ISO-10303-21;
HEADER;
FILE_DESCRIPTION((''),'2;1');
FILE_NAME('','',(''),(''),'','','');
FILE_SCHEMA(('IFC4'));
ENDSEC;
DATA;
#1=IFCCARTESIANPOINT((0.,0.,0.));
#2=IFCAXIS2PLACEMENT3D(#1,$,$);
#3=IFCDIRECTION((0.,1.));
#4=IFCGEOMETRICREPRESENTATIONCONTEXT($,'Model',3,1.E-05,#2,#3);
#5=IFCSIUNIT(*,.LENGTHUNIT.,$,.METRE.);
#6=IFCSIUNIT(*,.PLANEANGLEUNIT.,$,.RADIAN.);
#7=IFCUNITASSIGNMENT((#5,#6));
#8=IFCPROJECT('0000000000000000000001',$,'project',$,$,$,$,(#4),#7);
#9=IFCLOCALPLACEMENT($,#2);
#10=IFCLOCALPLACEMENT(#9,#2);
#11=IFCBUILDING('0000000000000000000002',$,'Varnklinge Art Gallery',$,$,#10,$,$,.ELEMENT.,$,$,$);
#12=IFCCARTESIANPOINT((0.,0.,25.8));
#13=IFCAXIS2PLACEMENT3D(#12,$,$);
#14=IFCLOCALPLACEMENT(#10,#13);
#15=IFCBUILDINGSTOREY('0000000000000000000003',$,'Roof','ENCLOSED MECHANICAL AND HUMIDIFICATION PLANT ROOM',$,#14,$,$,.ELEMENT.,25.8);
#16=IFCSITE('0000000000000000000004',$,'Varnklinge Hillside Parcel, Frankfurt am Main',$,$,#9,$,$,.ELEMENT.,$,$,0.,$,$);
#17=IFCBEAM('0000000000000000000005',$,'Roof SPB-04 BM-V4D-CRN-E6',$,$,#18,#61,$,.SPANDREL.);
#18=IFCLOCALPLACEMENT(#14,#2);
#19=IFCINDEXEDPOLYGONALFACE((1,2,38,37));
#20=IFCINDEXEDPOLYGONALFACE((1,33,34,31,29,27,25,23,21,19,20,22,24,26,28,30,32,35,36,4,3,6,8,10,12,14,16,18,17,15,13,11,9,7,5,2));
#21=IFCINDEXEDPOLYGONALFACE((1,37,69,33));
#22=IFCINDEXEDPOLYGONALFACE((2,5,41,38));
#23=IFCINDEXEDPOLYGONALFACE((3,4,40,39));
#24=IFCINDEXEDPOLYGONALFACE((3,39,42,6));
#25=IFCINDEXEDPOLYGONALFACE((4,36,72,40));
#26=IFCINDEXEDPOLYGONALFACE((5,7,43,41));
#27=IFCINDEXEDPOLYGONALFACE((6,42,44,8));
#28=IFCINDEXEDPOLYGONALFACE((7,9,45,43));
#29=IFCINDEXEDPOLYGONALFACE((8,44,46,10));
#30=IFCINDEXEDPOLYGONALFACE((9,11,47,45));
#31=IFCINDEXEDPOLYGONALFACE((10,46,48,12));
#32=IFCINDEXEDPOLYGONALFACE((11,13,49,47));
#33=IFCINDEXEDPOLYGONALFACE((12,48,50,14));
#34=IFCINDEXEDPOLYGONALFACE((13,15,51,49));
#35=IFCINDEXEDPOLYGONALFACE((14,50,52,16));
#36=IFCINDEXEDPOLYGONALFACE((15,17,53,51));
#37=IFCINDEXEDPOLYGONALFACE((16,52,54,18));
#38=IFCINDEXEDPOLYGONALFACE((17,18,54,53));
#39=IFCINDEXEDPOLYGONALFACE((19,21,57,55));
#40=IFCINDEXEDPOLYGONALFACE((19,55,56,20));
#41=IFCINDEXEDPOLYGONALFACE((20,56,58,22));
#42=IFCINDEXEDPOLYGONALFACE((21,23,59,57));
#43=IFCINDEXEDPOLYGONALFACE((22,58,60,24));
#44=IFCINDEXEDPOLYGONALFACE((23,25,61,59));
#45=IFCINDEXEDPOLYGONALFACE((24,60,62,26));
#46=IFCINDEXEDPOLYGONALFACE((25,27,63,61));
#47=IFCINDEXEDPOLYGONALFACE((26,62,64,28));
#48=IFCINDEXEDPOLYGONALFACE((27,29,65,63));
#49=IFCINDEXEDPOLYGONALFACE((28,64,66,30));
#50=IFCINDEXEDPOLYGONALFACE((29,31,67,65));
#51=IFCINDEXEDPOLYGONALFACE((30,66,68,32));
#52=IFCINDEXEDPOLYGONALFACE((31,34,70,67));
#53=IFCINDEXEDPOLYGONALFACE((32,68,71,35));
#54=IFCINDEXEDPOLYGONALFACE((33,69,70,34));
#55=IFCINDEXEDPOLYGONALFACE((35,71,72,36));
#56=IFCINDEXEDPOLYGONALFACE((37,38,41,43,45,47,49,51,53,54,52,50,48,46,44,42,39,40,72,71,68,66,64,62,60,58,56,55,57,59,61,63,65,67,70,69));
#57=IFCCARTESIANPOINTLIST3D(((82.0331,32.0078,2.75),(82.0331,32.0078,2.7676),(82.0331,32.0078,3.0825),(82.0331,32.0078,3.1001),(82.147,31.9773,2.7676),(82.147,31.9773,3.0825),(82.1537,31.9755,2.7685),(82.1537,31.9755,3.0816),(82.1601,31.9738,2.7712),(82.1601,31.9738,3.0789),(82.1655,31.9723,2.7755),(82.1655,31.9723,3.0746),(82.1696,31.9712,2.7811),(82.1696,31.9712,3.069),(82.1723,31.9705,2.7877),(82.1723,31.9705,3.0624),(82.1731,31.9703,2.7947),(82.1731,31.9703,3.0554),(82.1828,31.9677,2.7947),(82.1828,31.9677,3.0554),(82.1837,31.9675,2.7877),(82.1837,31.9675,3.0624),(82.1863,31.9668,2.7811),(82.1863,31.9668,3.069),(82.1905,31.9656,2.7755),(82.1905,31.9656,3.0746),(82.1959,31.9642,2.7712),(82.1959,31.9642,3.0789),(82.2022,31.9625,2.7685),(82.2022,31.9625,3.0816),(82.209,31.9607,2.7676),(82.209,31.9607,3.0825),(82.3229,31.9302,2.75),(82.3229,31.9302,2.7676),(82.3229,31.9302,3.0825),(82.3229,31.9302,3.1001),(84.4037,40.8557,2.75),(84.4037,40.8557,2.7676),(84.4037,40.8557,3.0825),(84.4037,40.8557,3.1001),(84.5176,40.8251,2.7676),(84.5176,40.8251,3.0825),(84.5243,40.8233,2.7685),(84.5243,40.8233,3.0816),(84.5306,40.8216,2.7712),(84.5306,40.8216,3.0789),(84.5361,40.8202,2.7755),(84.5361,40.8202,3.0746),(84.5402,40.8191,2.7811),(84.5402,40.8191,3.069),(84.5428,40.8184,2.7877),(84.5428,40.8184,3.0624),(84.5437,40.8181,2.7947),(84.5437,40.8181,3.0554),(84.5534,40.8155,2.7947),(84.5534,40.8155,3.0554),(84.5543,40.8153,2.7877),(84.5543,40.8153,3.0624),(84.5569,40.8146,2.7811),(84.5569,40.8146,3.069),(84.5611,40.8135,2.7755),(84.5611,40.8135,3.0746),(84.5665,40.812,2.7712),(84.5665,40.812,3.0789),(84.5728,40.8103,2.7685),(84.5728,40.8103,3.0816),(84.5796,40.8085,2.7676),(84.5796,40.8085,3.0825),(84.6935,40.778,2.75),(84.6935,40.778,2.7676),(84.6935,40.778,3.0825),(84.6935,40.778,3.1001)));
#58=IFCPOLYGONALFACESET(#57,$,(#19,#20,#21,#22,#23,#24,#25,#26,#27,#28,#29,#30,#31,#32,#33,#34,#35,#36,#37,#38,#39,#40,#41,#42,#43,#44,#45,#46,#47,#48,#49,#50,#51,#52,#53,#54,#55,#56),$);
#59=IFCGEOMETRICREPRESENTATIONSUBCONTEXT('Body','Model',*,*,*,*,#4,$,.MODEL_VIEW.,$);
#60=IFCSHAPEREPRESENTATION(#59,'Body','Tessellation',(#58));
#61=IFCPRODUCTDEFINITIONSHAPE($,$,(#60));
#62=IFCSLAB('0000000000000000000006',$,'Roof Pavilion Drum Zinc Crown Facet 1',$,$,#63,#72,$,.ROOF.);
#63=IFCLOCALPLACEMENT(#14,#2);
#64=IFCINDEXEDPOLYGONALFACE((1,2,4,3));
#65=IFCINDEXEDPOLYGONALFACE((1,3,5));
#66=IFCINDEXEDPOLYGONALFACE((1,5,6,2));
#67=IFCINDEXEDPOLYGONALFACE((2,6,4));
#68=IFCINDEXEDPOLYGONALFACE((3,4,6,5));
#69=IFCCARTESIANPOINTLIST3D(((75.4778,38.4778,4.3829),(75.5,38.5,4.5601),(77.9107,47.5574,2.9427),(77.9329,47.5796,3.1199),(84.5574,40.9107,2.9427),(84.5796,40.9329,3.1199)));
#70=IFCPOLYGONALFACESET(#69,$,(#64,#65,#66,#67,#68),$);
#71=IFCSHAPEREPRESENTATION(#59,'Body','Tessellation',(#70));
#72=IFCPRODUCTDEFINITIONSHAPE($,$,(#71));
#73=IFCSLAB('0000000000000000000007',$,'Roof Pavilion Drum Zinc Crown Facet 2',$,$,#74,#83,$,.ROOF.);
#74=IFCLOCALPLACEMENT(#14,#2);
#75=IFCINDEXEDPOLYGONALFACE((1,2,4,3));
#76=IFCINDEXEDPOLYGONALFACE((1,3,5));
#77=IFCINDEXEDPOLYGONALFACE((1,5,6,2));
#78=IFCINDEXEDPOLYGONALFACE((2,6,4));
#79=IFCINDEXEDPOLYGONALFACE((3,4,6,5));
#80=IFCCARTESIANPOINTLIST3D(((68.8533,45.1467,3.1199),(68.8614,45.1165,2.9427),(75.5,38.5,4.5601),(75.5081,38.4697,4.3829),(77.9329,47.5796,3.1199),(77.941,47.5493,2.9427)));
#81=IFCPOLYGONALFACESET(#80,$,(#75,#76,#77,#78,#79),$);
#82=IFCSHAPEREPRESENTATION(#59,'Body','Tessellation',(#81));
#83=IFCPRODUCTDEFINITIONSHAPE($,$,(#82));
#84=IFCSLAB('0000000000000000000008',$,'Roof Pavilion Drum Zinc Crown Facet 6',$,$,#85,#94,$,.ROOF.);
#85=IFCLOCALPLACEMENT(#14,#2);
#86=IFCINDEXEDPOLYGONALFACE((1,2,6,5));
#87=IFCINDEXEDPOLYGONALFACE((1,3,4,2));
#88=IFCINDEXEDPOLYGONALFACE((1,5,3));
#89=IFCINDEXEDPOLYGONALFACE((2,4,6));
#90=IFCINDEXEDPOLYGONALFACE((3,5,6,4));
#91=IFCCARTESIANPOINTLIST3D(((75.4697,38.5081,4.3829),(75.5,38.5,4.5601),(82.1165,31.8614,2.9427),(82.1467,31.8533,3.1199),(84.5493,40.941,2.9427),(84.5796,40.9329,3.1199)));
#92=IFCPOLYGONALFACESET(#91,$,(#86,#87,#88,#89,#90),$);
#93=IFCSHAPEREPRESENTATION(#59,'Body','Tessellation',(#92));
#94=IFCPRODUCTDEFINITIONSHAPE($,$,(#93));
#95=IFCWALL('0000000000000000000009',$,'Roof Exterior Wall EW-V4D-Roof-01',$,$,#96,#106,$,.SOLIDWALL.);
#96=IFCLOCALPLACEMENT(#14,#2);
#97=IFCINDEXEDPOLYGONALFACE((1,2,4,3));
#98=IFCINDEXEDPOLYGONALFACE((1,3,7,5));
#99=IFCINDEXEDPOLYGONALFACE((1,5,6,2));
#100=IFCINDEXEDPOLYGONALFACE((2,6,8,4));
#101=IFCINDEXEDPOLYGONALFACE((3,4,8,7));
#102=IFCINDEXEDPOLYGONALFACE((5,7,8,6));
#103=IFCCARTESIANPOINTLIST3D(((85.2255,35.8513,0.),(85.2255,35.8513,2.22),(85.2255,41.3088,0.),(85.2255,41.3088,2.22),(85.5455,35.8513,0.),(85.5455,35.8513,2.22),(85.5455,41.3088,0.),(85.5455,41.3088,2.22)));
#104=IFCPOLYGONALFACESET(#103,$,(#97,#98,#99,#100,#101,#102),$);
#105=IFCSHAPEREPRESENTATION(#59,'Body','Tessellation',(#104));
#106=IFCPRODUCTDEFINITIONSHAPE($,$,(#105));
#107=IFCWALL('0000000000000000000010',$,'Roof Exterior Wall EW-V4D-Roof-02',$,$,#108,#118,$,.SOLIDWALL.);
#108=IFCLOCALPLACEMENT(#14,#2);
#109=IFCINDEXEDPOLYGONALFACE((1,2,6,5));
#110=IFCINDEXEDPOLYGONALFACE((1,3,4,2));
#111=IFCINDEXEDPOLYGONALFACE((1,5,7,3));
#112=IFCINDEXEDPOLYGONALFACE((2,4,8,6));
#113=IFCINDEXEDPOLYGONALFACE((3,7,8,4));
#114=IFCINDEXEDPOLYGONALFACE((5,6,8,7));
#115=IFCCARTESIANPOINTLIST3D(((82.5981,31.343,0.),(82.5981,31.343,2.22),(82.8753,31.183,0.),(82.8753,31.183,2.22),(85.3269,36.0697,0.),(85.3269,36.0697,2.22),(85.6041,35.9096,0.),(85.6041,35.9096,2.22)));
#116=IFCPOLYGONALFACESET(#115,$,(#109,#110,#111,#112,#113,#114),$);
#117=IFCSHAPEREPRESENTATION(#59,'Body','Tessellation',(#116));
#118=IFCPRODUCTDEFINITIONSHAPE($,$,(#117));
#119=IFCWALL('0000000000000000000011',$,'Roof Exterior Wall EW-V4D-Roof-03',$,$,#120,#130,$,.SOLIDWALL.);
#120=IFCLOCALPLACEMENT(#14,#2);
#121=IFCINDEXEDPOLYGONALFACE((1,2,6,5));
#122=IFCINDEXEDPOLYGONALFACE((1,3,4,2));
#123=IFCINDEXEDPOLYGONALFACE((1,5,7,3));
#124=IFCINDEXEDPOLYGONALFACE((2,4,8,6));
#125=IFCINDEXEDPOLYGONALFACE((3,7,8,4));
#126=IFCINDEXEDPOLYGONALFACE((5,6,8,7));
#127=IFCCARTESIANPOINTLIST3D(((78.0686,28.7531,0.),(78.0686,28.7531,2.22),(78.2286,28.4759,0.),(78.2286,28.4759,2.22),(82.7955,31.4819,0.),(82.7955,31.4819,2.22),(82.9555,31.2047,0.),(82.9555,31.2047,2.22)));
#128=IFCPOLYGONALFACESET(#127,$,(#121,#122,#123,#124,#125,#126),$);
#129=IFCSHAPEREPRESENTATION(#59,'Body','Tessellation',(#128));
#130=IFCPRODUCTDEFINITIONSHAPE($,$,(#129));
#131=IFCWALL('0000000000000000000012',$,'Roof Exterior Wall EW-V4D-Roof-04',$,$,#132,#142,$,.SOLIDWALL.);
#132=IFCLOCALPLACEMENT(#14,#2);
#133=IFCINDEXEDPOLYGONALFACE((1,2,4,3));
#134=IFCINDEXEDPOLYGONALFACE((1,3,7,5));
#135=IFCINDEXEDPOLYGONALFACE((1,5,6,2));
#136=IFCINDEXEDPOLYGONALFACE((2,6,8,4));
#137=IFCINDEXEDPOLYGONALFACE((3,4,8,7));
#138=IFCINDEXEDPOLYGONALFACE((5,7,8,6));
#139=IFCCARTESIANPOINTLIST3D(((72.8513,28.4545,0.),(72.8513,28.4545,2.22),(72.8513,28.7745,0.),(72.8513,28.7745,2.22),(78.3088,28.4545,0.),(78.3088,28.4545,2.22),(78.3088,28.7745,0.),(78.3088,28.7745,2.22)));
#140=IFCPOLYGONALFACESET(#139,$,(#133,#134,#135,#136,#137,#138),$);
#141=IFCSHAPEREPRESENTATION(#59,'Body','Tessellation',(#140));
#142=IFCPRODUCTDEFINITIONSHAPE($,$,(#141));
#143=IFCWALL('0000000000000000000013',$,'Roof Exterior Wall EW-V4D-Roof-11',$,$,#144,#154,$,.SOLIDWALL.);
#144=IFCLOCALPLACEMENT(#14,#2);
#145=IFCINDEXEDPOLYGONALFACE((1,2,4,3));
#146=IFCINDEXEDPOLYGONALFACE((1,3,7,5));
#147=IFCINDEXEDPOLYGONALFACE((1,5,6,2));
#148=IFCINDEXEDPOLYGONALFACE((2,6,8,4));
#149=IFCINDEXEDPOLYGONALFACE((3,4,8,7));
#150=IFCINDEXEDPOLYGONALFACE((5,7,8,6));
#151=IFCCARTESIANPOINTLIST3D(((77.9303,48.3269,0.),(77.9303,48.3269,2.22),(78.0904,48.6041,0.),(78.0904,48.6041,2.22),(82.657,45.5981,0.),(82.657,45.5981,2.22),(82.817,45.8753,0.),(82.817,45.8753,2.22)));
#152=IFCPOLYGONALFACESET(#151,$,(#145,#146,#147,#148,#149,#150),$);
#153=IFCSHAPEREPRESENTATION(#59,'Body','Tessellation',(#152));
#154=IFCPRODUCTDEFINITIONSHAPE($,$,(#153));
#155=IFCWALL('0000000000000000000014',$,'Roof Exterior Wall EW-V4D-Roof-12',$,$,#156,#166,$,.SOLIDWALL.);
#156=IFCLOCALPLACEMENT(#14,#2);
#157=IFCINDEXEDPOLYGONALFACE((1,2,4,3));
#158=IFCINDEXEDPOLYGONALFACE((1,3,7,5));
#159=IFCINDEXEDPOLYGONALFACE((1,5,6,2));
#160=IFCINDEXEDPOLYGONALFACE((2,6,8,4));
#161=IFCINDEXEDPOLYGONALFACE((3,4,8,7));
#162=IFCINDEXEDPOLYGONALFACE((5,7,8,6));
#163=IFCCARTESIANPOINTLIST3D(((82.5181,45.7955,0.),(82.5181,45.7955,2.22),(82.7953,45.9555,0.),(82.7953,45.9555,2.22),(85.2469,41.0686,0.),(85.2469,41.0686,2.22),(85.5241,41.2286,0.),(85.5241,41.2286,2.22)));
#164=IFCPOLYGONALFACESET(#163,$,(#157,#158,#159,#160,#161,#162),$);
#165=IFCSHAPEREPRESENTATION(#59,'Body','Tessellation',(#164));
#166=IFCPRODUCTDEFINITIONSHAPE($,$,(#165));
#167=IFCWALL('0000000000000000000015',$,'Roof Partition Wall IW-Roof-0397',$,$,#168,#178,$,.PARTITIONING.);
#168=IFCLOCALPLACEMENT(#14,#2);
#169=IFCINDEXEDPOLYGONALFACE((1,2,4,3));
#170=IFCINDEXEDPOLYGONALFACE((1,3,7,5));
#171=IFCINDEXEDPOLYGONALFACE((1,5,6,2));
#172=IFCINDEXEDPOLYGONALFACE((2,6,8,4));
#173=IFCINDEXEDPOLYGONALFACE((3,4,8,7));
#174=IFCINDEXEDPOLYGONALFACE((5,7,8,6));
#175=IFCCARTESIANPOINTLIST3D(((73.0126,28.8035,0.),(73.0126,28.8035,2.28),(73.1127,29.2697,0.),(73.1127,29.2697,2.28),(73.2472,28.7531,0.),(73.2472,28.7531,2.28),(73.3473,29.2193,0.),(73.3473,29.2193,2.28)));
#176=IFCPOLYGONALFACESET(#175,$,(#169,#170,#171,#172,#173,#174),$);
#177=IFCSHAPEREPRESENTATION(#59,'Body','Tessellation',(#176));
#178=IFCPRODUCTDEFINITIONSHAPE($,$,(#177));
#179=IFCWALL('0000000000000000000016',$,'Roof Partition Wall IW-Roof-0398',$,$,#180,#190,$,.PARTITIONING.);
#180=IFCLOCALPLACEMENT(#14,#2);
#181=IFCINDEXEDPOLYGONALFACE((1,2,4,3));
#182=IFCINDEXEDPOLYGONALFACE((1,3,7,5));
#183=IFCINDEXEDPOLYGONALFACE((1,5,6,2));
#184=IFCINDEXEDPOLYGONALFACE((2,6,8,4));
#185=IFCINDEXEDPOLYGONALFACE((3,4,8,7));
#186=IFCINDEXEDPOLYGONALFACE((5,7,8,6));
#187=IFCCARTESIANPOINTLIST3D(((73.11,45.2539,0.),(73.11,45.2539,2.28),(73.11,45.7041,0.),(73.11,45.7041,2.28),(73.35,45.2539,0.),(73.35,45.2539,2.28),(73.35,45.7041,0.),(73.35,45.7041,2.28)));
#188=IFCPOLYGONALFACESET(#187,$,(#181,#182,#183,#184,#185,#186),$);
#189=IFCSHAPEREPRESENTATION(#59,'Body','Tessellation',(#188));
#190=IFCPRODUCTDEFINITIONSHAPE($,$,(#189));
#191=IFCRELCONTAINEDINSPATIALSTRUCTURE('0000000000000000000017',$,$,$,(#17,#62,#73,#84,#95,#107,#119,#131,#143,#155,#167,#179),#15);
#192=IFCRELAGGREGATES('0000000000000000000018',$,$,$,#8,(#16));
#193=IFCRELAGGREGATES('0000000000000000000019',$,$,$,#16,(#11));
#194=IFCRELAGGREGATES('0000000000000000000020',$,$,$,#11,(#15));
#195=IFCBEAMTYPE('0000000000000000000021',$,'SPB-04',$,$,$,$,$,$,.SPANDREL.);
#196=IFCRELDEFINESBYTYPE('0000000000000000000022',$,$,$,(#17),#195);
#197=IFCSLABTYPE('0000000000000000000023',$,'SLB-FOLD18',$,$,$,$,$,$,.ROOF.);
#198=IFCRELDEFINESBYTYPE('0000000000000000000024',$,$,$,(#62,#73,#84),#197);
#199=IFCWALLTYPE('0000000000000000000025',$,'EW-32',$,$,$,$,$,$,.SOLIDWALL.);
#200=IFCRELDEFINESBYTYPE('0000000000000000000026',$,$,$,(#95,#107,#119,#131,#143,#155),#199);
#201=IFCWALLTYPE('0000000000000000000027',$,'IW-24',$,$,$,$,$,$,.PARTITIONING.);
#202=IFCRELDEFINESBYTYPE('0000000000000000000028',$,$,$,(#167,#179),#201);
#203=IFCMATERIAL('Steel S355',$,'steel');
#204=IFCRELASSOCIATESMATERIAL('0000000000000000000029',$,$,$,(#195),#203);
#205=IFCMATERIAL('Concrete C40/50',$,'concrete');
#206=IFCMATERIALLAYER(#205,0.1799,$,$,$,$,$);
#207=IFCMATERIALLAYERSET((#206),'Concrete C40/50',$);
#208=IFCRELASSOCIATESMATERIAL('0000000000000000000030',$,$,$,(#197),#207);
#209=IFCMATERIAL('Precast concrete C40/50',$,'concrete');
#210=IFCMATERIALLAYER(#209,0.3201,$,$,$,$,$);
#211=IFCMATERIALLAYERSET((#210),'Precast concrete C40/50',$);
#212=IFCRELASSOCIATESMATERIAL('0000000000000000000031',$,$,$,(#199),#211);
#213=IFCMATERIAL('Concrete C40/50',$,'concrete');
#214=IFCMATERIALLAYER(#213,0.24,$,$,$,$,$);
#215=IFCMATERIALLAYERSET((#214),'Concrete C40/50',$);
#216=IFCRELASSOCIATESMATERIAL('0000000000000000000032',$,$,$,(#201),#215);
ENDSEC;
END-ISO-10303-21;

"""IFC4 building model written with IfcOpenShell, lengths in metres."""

from ifc_helpers import new_model, si_unit, direction, frame, frame_2d, origin, origin_2d, place, context, subcontext, project, spatial, polyline, rectangle, i_section, outline, extrude, material, layer, layer_set, material_profile, profile_set, type_object, element, save


model = new_model("IFC4")

# Units and contexts
model_context = context("Model", 3, precision=1e-05, world=origin(), true_north=direction((0.0, 1.0)))
body_context = subcontext(model_context, "Body", "Model", "MODEL_VIEW")
ifc_project = project(units=[si_unit("LENGTHUNIT", "METRE"), si_unit("PLANEANGLEUNIT", "RADIAN")], contexts=[model_context])

# Site, building, storey
site_placement = place(None, origin())
site = spatial("IfcSite", under=ifc_project, at=site_placement, Name="Varnklinge Hillside Parcel, Frankfurt am Main", CompositionType="ELEMENT", RefElevation=0.0)
building_placement = place(site_placement, origin())
building = spatial("IfcBuilding", under=site, at=building_placement, Name="Varnklinge Art Gallery", CompositionType="ELEMENT")
storey_placement = place(building_placement, frame((0.0, 0.0, 25.8)))
storey = spatial("IfcBuildingStorey", under=building, at=storey_placement, Name="Roof", Description="ENCLOSED MECHANICAL AND HUMIDIFICATION PLANT ROOM", CompositionType="ELEMENT", Elevation=25.8)

# Beam
ifc_material_1 = material(Name="Steel S355", Category="steel")
ifc_material_profile_1 = material_profile(ifc_material_1, i_section(OverallWidth=0.3, OverallDepth=0.3501, WebThickness=0.01, FlangeThickness=0.0176, FilletRadius=0.0271, at=origin_2d()), Name="HEA 360")
ifc_profile_set_1 = profile_set([ifc_material_profile_1], Name="Steel S355")
beam_type_1 = type_object("IfcBeamType", Name="SPB-04", PredefinedType="SPANDREL", material=ifc_profile_set_1)
for number, where, z_axis, x_axis, name in (
    (1, (82.178, 31.969, 2.925), (0.2588, 0.965931, 0.0), (-0.965931, 0.2588, 0.0), "Roof SPB-04 BM-V4D-CRN-E6"),
):
    element("IfcBeam", number, at=place(storey_placement, frame(where, z_axis=z_axis, x_axis=x_axis)), inside=storey, type_object=beam_type_1, Name=name, PredefinedType="SPANDREL", context=body_context, shape_type="SweptSolid", body=[
        extrude(i_section(OverallWidth=0.3, OverallDepth=0.3501, WebThickness=0.01, FlangeThickness=0.0176, FilletRadius=0.0271, at=origin_2d()), origin(), (0.0, 0.0, 1.0), 9.1599),
    ])

# Slabs
ifc_material_2 = material(Name="Concrete C40/50", Category="concrete")
ifc_layer_1 = layer(ifc_material_2, 0.1799)
ifc_layer_set_1 = layer_set([ifc_layer_1], Name="Concrete C40/50")
slab_type = type_object("IfcSlabType", Name="SLB-FOLD18", PredefinedType="ROOF", material=ifc_layer_set_1)
slab_1_placement = place(storey_placement, frame((84.5796, 40.9329, 3.1199), z_axis=(0.123185, 0.123185, 0.984709), x_axis=(-0.707107, 0.707107, 0.0)))
element("IfcSlab", 2, at=slab_1_placement, inside=storey, type_object=slab_type, Name="Roof Pavilion Drum Zinc Crown Facet 1", PredefinedType="ROOF", context=body_context, shape_type="SweptSolid", body=[
    extrude(outline(polyline([(0.0, 0.0), (9.3999, 0.0), (4.6999, 8.2669), (0.0, 0.0)])), origin(), (0.0, 0.0, -1.0), 0.1799),
])
slab_2_placement = place(storey_placement, frame((77.9329, 47.5796, 3.1199), z_axis=(-0.045089, 0.168274, 0.984709), x_axis=(-0.965926, -0.258818, 0.0)))
element("IfcSlab", 3, at=slab_2_placement, inside=storey, type_object=slab_type, Name="Roof Pavilion Drum Zinc Crown Facet 2", PredefinedType="ROOF", context=body_context, shape_type="SweptSolid", body=[
    extrude(outline(polyline([(0.0, 0.0), (9.3999, 0.0), (4.6999, 8.267), (0.0, 0.0)])), origin(), (0.0, 0.0, -1.0), 0.1799),
])
slab_3_placement = place(storey_placement, frame((82.1467, 31.8533, 3.1199), z_axis=(0.168274, -0.045089, 0.984709), x_axis=(0.258818, 0.965926, 0.0)))
element("IfcSlab", 4, at=slab_3_placement, inside=storey, type_object=slab_type, Name="Roof Pavilion Drum Zinc Crown Facet 6", PredefinedType="ROOF", context=body_context, shape_type="SweptSolid", body=[
    extrude(outline(polyline([(0.0, 0.0), (9.3999, 0.0), (4.7, 8.267), (0.0, 0.0)])), origin(), (0.0, 0.0, -1.0), 0.1799),
])

# Walls
ifc_material_3 = material(Name="Precast concrete C40/50", Category="concrete")
ifc_layer_2 = layer(ifc_material_3, 0.3201)
ifc_layer_set_2 = layer_set([ifc_layer_2], Name="Precast concrete C40/50")
wall_type_1 = type_object("IfcWallType", Name="EW-32", PredefinedType="SOLIDWALL", material=ifc_layer_set_2)
wall_1_placement = place(storey_placement, frame((85.3855, 41.3088, 0.0), z_axis=(0.0, 0.0, 1.0), x_axis=(0.0, -1.0, 0.0)))
element("IfcWall", 5, at=wall_1_placement, inside=storey, type_object=wall_type_1, Name="Roof Exterior Wall EW-V4D-Roof-01", PredefinedType="SOLIDWALL", context=body_context, shape_type="SweptSolid", body=[
    extrude(rectangle(XDim=5.4575, YDim=0.3201, at=frame_2d((2.7288, 0.0))), origin(), (0.0, 0.0, 1.0), 2.22),
])
wall_2_placement = place(storey_placement, frame((85.4656, 35.9897, 0.0), z_axis=(0.0, 0.0, 1.0), x_axis=(-0.499983, -0.866035, 0.0)))
element("IfcWall", 6, at=wall_2_placement, inside=storey, type_object=wall_type_1, Name="Roof Exterior Wall EW-V4D-Roof-02", PredefinedType="SOLIDWALL", context=body_context, shape_type="SweptSolid", body=[
    extrude(rectangle(XDim=5.4578, YDim=0.3201, at=frame_2d((2.729, 0.0))), origin(), (0.0, 0.0, 1.0), 2.22),
])
wall_3_placement = place(storey_placement, frame((82.8755, 31.3433, 0.0), z_axis=(0.0, 0.0, 1.0), x_axis=(-0.866046, -0.499964, 0.0)))
element("IfcWall", 7, at=wall_3_placement, inside=storey, type_object=wall_type_1, Name="Roof Exterior Wall EW-V4D-Roof-03", PredefinedType="SOLIDWALL", context=body_context, shape_type="SweptSolid", body=[
    extrude(rectangle(XDim=5.458, YDim=0.3201, at=frame_2d((2.729, 0.0))), origin(), (0.0, 0.0, 1.0), 2.22),
])
wall_4_placement = place(storey_placement, frame((78.3088, 28.6145, 0.0), z_axis=(0.0, 0.0, 1.0), x_axis=(-1.0, 0.0, 0.0)))
element("IfcWall", 8, at=wall_4_placement, inside=storey, type_object=wall_type_1, Name="Roof Exterior Wall EW-V4D-Roof-04", PredefinedType="SOLIDWALL", context=body_context, shape_type="SweptSolid", body=[
    extrude(rectangle(XDim=5.4575, YDim=0.3201, at=frame_2d((2.7288, 0.0))), origin(), (0.0, 0.0, 1.0), 2.22),
])
wall_5_placement = place(storey_placement, frame((78.0103, 48.4656, 0.0), z_axis=(0.0, 0.0, 1.0), x_axis=(0.866035, -0.499983, 0.0)))
element("IfcWall", 9, at=wall_5_placement, inside=storey, type_object=wall_type_1, Name="Roof Exterior Wall EW-V4D-Roof-11", PredefinedType="SOLIDWALL", context=body_context, shape_type="SweptSolid", body=[
    extrude(rectangle(XDim=5.4578, YDim=0.3201, at=frame_2d((2.729, 0.0))), origin(), (0.0, 0.0, 1.0), 2.22),
])
wall_6_placement = place(storey_placement, frame((82.6567, 45.8755, 0.0), z_axis=(0.0, 0.0, 1.0), x_axis=(0.499964, -0.866046, 0.0)))
element("IfcWall", 10, at=wall_6_placement, inside=storey, type_object=wall_type_1, Name="Roof Exterior Wall EW-V4D-Roof-12", PredefinedType="SOLIDWALL", context=body_context, shape_type="SweptSolid", body=[
    extrude(rectangle(XDim=5.458, YDim=0.3201, at=frame_2d((2.729, 0.0))), origin(), (0.0, 0.0, 1.0), 2.22),
])
ifc_material_4 = material(Name="Concrete C40/50", Category="concrete")
ifc_layer_3 = layer(ifc_material_4, 0.24)
ifc_layer_set_3 = layer_set([ifc_layer_3], Name="Concrete C40/50")
wall_type_2 = type_object("IfcWallType", Name="IW-24", PredefinedType="PARTITIONING", material=ifc_layer_set_3)
wall_7_placement = place(storey_placement, frame((73.23, 29.2444, 0.0), z_axis=(0.0, 0.0, 1.0), x_axis=(-0.209984, -0.977705, 0.0)))
element("IfcWall", 11, at=wall_7_placement, inside=storey, type_object=wall_type_2, Name="Roof Partition Wall IW-Roof-0397", PredefinedType="PARTITIONING", context=body_context, shape_type="SweptSolid", body=[
    extrude(rectangle(XDim=0.4768, YDim=0.24, at=frame_2d((0.2383, 0.0))), origin(), (0.0, 0.0, 1.0), 2.28),
])
wall_8_placement = place(storey_placement, frame((73.23, 45.7041, 0.0), z_axis=(0.0, 0.0, 1.0), x_axis=(0.0, -1.0, 0.0)))
element("IfcWall", 12, at=wall_8_placement, inside=storey, type_object=wall_type_2, Name="Roof Partition Wall IW-Roof-0398", PredefinedType="PARTITIONING", context=body_context, shape_type="SweptSolid", body=[
    extrude(rectangle(XDim=0.4502, YDim=0.24, at=frame_2d((0.2251, 0.0))), origin(), (0.0, 0.0, 1.0), 2.28),
])

save(model, "model.ifc")
